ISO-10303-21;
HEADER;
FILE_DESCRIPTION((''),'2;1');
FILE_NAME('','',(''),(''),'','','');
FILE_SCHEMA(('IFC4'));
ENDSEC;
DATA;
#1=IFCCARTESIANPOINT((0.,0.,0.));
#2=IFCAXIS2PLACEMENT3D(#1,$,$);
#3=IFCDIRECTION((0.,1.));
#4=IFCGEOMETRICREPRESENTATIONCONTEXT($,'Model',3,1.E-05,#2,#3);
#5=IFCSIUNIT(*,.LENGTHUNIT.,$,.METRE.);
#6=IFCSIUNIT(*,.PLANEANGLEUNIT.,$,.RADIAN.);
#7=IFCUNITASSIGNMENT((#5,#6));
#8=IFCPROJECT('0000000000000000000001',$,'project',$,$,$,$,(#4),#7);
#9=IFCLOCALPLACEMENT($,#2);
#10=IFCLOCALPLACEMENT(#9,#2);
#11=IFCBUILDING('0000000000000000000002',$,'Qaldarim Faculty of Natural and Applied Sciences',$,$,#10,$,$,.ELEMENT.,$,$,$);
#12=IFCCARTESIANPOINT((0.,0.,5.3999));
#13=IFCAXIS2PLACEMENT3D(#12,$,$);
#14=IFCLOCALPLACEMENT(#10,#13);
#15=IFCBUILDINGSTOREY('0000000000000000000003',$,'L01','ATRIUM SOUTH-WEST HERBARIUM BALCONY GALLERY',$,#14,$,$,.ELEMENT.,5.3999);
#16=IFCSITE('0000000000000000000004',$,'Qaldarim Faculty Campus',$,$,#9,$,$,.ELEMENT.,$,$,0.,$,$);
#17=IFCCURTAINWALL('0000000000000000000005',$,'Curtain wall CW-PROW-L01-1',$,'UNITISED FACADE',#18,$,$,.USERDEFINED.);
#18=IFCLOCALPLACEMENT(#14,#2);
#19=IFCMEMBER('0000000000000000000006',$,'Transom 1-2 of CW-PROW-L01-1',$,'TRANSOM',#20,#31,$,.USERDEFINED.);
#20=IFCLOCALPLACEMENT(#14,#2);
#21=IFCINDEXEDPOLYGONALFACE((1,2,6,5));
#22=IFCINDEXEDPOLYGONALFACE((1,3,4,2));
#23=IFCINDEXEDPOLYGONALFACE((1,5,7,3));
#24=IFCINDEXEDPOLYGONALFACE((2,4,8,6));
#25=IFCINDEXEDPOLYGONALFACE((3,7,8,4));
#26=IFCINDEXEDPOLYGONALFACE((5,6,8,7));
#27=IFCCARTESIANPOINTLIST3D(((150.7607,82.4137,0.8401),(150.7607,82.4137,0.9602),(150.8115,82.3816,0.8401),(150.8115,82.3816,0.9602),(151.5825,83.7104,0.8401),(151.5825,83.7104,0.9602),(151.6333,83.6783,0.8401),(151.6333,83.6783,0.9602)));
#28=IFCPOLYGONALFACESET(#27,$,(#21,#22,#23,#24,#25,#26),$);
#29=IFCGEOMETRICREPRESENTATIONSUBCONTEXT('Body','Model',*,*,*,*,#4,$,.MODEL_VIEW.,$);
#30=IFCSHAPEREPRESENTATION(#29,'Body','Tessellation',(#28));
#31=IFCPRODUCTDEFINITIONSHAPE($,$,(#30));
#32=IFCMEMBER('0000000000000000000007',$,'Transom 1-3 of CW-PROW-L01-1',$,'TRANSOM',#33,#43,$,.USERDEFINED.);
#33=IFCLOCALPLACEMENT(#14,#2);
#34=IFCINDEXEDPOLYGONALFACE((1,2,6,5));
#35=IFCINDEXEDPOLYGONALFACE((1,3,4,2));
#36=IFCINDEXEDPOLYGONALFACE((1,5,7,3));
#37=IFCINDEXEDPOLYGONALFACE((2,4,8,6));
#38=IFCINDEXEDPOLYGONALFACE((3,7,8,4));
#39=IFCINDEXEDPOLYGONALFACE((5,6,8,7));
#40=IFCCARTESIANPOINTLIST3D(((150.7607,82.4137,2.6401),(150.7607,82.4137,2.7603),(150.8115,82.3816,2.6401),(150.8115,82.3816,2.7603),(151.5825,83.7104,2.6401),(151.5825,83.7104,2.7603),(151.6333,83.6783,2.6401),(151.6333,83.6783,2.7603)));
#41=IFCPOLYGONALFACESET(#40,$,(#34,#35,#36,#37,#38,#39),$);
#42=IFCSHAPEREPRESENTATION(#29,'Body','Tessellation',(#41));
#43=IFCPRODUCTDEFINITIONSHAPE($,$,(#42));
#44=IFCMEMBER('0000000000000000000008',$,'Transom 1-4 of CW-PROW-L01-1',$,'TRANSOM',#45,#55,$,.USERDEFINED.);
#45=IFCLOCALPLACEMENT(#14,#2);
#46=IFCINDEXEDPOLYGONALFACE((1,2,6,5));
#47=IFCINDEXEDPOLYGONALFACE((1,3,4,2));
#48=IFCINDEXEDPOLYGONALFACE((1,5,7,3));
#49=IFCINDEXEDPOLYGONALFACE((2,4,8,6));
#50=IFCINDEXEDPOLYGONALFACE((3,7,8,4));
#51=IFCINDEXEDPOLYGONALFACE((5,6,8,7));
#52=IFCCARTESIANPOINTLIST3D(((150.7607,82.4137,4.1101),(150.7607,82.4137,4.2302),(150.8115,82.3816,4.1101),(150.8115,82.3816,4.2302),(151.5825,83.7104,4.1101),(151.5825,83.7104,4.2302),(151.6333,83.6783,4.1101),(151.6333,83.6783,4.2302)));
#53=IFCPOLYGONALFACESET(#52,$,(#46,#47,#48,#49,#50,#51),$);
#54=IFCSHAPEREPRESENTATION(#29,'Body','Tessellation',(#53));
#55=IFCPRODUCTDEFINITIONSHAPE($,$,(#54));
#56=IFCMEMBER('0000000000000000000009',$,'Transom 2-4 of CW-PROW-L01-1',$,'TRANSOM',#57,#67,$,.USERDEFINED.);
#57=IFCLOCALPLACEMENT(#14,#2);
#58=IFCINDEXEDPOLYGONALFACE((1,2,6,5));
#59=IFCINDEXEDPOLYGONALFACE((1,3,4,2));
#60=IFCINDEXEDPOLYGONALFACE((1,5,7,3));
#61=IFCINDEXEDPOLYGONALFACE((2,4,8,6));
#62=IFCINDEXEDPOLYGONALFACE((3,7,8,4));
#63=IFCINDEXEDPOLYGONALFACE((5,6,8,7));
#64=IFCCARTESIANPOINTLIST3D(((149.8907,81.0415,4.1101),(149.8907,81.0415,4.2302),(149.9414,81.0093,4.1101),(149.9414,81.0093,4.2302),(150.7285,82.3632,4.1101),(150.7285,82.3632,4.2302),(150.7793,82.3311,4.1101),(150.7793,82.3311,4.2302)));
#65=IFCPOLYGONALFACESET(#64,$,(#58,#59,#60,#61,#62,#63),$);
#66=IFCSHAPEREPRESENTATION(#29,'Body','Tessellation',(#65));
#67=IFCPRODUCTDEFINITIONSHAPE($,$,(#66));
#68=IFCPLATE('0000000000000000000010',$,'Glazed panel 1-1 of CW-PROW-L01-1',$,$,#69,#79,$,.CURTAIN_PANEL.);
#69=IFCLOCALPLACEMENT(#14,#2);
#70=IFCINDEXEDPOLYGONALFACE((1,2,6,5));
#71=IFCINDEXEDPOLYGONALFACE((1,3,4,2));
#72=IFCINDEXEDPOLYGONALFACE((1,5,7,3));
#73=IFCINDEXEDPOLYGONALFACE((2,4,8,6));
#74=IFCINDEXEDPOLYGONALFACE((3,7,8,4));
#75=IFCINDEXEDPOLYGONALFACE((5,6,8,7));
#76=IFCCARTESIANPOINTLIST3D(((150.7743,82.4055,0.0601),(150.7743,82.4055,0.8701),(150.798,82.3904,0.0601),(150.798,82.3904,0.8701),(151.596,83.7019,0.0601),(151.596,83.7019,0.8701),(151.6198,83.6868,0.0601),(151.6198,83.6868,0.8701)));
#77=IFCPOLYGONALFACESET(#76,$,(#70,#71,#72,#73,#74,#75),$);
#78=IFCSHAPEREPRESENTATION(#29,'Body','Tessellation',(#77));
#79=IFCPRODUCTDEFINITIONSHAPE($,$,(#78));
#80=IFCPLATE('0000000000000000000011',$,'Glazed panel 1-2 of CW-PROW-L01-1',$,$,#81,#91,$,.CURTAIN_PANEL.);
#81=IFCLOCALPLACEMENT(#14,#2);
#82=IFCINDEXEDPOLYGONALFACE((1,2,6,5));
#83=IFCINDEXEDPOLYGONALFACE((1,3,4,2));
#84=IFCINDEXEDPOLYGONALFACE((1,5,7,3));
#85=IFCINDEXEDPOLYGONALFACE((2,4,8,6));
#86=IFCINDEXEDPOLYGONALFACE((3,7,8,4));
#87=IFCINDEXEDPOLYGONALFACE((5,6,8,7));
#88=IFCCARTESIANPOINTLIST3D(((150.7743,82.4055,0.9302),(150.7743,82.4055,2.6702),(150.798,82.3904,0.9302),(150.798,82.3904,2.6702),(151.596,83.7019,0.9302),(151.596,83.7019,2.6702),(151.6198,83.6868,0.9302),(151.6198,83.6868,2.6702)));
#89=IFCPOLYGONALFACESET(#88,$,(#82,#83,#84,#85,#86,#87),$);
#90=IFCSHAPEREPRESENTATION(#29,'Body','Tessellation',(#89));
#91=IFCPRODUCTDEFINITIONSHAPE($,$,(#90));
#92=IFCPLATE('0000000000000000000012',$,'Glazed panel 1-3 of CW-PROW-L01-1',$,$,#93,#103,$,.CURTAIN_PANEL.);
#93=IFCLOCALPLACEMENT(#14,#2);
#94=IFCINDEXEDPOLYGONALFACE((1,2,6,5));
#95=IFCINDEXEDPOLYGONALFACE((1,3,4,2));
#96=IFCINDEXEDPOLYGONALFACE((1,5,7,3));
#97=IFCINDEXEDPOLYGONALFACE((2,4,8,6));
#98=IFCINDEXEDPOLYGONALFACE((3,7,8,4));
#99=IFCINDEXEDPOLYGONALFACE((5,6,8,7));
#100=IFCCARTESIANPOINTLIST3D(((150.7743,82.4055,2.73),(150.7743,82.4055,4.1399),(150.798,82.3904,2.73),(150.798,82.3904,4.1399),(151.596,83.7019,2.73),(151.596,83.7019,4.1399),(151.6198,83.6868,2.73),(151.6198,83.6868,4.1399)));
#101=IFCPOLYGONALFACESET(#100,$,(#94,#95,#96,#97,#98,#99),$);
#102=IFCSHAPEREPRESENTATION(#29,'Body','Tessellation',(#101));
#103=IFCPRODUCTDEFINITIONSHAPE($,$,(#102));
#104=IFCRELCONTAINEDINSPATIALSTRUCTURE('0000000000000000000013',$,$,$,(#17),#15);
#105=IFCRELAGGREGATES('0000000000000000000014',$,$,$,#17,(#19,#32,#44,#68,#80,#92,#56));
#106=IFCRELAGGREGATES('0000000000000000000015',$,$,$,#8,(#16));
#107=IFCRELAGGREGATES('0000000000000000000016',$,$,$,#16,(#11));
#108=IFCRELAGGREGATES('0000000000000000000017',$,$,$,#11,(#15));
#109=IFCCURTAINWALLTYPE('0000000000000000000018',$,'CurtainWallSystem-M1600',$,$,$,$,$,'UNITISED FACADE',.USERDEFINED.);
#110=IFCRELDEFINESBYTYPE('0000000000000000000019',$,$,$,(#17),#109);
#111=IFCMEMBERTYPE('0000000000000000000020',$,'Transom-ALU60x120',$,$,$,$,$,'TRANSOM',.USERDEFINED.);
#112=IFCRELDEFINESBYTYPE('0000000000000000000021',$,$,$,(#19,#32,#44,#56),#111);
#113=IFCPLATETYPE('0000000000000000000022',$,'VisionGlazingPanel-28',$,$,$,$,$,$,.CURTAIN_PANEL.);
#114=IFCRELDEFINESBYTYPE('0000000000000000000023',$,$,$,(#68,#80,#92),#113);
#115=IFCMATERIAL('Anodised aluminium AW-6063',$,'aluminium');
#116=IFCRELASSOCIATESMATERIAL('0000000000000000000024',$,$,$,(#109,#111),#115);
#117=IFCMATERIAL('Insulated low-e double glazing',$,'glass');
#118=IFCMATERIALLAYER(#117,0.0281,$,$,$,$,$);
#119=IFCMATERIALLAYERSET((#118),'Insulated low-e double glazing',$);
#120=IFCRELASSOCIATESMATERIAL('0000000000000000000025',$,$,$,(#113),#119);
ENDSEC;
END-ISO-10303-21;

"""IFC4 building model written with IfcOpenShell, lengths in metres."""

from ifc_helpers import new_model, si_unit, direction, frame, origin, origin_2d, place, context, subcontext, project, spatial, rectangle, extrude, material, layer, layer_set, material_profile, profile_set, type_object, element, aggregate, save


model = new_model("IFC4")

# Units and contexts
model_context = context("Model", 3, precision=1e-05, world=origin(), true_north=direction((0.0, 1.0)))
body_context = subcontext(model_context, "Body", "Model", "MODEL_VIEW")
ifc_project = project(units=[si_unit("LENGTHUNIT", "METRE"), si_unit("PLANEANGLEUNIT", "RADIAN")], contexts=[model_context])

# Site, building, storey
site_placement = place(None, origin())
site = spatial("IfcSite", under=ifc_project, at=site_placement, Name="Qaldarim Faculty Campus", CompositionType="ELEMENT", RefElevation=0.0)
building_placement = place(site_placement, origin())
building = spatial("IfcBuilding", under=site, at=building_placement, Name="Qaldarim Faculty of Natural and Applied Sciences", CompositionType="ELEMENT")
storey_placement = place(building_placement, frame((0.0, 0.0, 5.3999)))
storey = spatial("IfcBuildingStorey", under=building, at=storey_placement, Name="L01", Description="ATRIUM SOUTH-WEST HERBARIUM BALCONY GALLERY", CompositionType="ELEMENT", Elevation=5.3999)

# Curtain wall
ifc_material_1 = material(Name="Anodised aluminium AW-6063", Category="aluminium")
curtain_wall_type = type_object("IfcCurtainWallType", Name="CurtainWallSystem-M1600", ElementType="UNITISED FACADE", PredefinedType="USERDEFINED", material=ifc_material_1)
curtain_wall_placement = place(storey_placement, origin())
curtain_wall = element("IfcCurtainWall", 1, at=curtain_wall_placement, inside=storey, type_object=curtain_wall_type, Name="Curtain wall CW-PROW-L01-1", ObjectType="UNITISED FACADE", PredefinedType="USERDEFINED")

# Members
ifc_material_profile_1 = material_profile(ifc_material_1, rectangle(XDim=0.0601, YDim=0.1201, at=origin_2d()), Name="ALU-T60x120")
ifc_profile_set_1 = profile_set([ifc_material_profile_1], Name="Anodised aluminium AW-6063")
member_type_1 = type_object("IfcMemberType", Name="Transom-ALU60x120", ElementType="TRANSOM", PredefinedType="USERDEFINED", material=ifc_profile_set_1)
member_1_placement = place(storey_placement, frame((151.6079, 83.6943, 0.9001), z_axis=(-0.535321, -0.844649, 0.0), x_axis=(0.844649, -0.535321, 0.0)))
member_1 = element("IfcMember", 2, at=member_1_placement, type_object=member_type_1, Name="Transom 1-2 of CW-PROW-L01-1", ObjectType="TRANSOM", PredefinedType="USERDEFINED", context=body_context, shape_type="SweptSolid", body=[
    extrude(rectangle(XDim=0.0601, YDim=0.1201, at=origin_2d()), origin(), (0.0, 0.0, 1.0), 1.5352),
])
member_2_placement = place(storey_placement, frame((151.6079, 83.6943, 2.7002), z_axis=(-0.535321, -0.844649, 0.0), x_axis=(0.844649, -0.535321, 0.0)))
member_2 = element("IfcMember", 3, at=member_2_placement, type_object=member_type_1, Name="Transom 1-3 of CW-PROW-L01-1", ObjectType="TRANSOM", PredefinedType="USERDEFINED", context=body_context, shape_type="SweptSolid", body=[
    extrude(rectangle(XDim=0.0601, YDim=0.1201, at=origin_2d()), origin(), (0.0, 0.0, 1.0), 1.5352),
])
member_3_placement = place(storey_placement, frame((151.6079, 83.6943, 4.1702), z_axis=(-0.535321, -0.844649, 0.0), x_axis=(0.844649, -0.535321, 0.0)))
member_3 = element("IfcMember", 4, at=member_3_placement, type_object=member_type_1, Name="Transom 1-4 of CW-PROW-L01-1", ObjectType="TRANSOM", PredefinedType="USERDEFINED", context=body_context, shape_type="SweptSolid", body=[
    extrude(rectangle(XDim=0.0601, YDim=0.1201, at=origin_2d()), origin(), (0.0, 0.0, 1.0), 1.5352),
])
member_4_placement = place(storey_placement, frame((150.7539, 82.3472, 4.1702), z_axis=(-0.535401, -0.844598, 0.0), x_axis=(0.844598, -0.535401, 0.0)))
member_4 = element("IfcMember", 5, at=member_4_placement, type_object=member_type_1, Name="Transom 2-4 of CW-PROW-L01-1", ObjectType="TRANSOM", PredefinedType="USERDEFINED", context=body_context, shape_type="SweptSolid", body=[
    extrude(rectangle(XDim=0.0601, YDim=0.1201, at=origin_2d()), origin(), (0.0, 0.0, 1.0), 1.5649),
])

# Plates
ifc_material_2 = material(Name="Insulated low-e double glazing", Category="glass")
ifc_layer = layer(ifc_material_2, 0.0281)
ifc_layer_set = layer_set([ifc_layer], Name="Insulated low-e double glazing")
plate_type = type_object("IfcPlateType", Name="VisionGlazingPanel-28", PredefinedType="CURTAIN_PANEL", material=ifc_layer_set)
plate_1_placement = place(storey_placement, frame((151.197, 83.0461, 0.0601), z_axis=(0.0, 0.0, 1.0), x_axis=(-0.535385, -0.844608, 0.0)))
plate_1 = element("IfcPlate", 6, at=plate_1_placement, type_object=plate_type, Name="Glazed panel 1-1 of CW-PROW-L01-1", PredefinedType="CURTAIN_PANEL", context=body_context, shape_type="SweptSolid", body=[
    extrude(rectangle(XDim=1.5349, YDim=0.0281, at=origin_2d()), origin(), (0.0, 0.0, 1.0), 0.8101),
])
plate_2_placement = place(storey_placement, frame((151.197, 83.0461, 0.9302), z_axis=(0.0, 0.0, 1.0), x_axis=(-0.535385, -0.844608, 0.0)))
plate_2 = element("IfcPlate", 7, at=plate_2_placement, type_object=plate_type, Name="Glazed panel 1-2 of CW-PROW-L01-1", PredefinedType="CURTAIN_PANEL", context=body_context, shape_type="SweptSolid", body=[
    extrude(rectangle(XDim=1.5349, YDim=0.0281, at=origin_2d()), origin(), (0.0, 0.0, 1.0), 1.74),
])
plate_3_placement = place(storey_placement, frame((151.197, 83.0461, 2.73), z_axis=(0.0, 0.0, 1.0), x_axis=(-0.535385, -0.844608, 0.0)))
plate_3 = element("IfcPlate", 8, at=plate_3_placement, type_object=plate_type, Name="Glazed panel 1-3 of CW-PROW-L01-1", PredefinedType="CURTAIN_PANEL", context=body_context, shape_type="SweptSolid", body=[
    extrude(rectangle(XDim=1.5349, YDim=0.0281, at=origin_2d()), origin(), (0.0, 0.0, 1.0), 1.4099),
])
aggregate(curtain_wall, [member_1, member_2, member_3, plate_1, plate_2, plate_3, member_4])

save(model, "model.ifc")
